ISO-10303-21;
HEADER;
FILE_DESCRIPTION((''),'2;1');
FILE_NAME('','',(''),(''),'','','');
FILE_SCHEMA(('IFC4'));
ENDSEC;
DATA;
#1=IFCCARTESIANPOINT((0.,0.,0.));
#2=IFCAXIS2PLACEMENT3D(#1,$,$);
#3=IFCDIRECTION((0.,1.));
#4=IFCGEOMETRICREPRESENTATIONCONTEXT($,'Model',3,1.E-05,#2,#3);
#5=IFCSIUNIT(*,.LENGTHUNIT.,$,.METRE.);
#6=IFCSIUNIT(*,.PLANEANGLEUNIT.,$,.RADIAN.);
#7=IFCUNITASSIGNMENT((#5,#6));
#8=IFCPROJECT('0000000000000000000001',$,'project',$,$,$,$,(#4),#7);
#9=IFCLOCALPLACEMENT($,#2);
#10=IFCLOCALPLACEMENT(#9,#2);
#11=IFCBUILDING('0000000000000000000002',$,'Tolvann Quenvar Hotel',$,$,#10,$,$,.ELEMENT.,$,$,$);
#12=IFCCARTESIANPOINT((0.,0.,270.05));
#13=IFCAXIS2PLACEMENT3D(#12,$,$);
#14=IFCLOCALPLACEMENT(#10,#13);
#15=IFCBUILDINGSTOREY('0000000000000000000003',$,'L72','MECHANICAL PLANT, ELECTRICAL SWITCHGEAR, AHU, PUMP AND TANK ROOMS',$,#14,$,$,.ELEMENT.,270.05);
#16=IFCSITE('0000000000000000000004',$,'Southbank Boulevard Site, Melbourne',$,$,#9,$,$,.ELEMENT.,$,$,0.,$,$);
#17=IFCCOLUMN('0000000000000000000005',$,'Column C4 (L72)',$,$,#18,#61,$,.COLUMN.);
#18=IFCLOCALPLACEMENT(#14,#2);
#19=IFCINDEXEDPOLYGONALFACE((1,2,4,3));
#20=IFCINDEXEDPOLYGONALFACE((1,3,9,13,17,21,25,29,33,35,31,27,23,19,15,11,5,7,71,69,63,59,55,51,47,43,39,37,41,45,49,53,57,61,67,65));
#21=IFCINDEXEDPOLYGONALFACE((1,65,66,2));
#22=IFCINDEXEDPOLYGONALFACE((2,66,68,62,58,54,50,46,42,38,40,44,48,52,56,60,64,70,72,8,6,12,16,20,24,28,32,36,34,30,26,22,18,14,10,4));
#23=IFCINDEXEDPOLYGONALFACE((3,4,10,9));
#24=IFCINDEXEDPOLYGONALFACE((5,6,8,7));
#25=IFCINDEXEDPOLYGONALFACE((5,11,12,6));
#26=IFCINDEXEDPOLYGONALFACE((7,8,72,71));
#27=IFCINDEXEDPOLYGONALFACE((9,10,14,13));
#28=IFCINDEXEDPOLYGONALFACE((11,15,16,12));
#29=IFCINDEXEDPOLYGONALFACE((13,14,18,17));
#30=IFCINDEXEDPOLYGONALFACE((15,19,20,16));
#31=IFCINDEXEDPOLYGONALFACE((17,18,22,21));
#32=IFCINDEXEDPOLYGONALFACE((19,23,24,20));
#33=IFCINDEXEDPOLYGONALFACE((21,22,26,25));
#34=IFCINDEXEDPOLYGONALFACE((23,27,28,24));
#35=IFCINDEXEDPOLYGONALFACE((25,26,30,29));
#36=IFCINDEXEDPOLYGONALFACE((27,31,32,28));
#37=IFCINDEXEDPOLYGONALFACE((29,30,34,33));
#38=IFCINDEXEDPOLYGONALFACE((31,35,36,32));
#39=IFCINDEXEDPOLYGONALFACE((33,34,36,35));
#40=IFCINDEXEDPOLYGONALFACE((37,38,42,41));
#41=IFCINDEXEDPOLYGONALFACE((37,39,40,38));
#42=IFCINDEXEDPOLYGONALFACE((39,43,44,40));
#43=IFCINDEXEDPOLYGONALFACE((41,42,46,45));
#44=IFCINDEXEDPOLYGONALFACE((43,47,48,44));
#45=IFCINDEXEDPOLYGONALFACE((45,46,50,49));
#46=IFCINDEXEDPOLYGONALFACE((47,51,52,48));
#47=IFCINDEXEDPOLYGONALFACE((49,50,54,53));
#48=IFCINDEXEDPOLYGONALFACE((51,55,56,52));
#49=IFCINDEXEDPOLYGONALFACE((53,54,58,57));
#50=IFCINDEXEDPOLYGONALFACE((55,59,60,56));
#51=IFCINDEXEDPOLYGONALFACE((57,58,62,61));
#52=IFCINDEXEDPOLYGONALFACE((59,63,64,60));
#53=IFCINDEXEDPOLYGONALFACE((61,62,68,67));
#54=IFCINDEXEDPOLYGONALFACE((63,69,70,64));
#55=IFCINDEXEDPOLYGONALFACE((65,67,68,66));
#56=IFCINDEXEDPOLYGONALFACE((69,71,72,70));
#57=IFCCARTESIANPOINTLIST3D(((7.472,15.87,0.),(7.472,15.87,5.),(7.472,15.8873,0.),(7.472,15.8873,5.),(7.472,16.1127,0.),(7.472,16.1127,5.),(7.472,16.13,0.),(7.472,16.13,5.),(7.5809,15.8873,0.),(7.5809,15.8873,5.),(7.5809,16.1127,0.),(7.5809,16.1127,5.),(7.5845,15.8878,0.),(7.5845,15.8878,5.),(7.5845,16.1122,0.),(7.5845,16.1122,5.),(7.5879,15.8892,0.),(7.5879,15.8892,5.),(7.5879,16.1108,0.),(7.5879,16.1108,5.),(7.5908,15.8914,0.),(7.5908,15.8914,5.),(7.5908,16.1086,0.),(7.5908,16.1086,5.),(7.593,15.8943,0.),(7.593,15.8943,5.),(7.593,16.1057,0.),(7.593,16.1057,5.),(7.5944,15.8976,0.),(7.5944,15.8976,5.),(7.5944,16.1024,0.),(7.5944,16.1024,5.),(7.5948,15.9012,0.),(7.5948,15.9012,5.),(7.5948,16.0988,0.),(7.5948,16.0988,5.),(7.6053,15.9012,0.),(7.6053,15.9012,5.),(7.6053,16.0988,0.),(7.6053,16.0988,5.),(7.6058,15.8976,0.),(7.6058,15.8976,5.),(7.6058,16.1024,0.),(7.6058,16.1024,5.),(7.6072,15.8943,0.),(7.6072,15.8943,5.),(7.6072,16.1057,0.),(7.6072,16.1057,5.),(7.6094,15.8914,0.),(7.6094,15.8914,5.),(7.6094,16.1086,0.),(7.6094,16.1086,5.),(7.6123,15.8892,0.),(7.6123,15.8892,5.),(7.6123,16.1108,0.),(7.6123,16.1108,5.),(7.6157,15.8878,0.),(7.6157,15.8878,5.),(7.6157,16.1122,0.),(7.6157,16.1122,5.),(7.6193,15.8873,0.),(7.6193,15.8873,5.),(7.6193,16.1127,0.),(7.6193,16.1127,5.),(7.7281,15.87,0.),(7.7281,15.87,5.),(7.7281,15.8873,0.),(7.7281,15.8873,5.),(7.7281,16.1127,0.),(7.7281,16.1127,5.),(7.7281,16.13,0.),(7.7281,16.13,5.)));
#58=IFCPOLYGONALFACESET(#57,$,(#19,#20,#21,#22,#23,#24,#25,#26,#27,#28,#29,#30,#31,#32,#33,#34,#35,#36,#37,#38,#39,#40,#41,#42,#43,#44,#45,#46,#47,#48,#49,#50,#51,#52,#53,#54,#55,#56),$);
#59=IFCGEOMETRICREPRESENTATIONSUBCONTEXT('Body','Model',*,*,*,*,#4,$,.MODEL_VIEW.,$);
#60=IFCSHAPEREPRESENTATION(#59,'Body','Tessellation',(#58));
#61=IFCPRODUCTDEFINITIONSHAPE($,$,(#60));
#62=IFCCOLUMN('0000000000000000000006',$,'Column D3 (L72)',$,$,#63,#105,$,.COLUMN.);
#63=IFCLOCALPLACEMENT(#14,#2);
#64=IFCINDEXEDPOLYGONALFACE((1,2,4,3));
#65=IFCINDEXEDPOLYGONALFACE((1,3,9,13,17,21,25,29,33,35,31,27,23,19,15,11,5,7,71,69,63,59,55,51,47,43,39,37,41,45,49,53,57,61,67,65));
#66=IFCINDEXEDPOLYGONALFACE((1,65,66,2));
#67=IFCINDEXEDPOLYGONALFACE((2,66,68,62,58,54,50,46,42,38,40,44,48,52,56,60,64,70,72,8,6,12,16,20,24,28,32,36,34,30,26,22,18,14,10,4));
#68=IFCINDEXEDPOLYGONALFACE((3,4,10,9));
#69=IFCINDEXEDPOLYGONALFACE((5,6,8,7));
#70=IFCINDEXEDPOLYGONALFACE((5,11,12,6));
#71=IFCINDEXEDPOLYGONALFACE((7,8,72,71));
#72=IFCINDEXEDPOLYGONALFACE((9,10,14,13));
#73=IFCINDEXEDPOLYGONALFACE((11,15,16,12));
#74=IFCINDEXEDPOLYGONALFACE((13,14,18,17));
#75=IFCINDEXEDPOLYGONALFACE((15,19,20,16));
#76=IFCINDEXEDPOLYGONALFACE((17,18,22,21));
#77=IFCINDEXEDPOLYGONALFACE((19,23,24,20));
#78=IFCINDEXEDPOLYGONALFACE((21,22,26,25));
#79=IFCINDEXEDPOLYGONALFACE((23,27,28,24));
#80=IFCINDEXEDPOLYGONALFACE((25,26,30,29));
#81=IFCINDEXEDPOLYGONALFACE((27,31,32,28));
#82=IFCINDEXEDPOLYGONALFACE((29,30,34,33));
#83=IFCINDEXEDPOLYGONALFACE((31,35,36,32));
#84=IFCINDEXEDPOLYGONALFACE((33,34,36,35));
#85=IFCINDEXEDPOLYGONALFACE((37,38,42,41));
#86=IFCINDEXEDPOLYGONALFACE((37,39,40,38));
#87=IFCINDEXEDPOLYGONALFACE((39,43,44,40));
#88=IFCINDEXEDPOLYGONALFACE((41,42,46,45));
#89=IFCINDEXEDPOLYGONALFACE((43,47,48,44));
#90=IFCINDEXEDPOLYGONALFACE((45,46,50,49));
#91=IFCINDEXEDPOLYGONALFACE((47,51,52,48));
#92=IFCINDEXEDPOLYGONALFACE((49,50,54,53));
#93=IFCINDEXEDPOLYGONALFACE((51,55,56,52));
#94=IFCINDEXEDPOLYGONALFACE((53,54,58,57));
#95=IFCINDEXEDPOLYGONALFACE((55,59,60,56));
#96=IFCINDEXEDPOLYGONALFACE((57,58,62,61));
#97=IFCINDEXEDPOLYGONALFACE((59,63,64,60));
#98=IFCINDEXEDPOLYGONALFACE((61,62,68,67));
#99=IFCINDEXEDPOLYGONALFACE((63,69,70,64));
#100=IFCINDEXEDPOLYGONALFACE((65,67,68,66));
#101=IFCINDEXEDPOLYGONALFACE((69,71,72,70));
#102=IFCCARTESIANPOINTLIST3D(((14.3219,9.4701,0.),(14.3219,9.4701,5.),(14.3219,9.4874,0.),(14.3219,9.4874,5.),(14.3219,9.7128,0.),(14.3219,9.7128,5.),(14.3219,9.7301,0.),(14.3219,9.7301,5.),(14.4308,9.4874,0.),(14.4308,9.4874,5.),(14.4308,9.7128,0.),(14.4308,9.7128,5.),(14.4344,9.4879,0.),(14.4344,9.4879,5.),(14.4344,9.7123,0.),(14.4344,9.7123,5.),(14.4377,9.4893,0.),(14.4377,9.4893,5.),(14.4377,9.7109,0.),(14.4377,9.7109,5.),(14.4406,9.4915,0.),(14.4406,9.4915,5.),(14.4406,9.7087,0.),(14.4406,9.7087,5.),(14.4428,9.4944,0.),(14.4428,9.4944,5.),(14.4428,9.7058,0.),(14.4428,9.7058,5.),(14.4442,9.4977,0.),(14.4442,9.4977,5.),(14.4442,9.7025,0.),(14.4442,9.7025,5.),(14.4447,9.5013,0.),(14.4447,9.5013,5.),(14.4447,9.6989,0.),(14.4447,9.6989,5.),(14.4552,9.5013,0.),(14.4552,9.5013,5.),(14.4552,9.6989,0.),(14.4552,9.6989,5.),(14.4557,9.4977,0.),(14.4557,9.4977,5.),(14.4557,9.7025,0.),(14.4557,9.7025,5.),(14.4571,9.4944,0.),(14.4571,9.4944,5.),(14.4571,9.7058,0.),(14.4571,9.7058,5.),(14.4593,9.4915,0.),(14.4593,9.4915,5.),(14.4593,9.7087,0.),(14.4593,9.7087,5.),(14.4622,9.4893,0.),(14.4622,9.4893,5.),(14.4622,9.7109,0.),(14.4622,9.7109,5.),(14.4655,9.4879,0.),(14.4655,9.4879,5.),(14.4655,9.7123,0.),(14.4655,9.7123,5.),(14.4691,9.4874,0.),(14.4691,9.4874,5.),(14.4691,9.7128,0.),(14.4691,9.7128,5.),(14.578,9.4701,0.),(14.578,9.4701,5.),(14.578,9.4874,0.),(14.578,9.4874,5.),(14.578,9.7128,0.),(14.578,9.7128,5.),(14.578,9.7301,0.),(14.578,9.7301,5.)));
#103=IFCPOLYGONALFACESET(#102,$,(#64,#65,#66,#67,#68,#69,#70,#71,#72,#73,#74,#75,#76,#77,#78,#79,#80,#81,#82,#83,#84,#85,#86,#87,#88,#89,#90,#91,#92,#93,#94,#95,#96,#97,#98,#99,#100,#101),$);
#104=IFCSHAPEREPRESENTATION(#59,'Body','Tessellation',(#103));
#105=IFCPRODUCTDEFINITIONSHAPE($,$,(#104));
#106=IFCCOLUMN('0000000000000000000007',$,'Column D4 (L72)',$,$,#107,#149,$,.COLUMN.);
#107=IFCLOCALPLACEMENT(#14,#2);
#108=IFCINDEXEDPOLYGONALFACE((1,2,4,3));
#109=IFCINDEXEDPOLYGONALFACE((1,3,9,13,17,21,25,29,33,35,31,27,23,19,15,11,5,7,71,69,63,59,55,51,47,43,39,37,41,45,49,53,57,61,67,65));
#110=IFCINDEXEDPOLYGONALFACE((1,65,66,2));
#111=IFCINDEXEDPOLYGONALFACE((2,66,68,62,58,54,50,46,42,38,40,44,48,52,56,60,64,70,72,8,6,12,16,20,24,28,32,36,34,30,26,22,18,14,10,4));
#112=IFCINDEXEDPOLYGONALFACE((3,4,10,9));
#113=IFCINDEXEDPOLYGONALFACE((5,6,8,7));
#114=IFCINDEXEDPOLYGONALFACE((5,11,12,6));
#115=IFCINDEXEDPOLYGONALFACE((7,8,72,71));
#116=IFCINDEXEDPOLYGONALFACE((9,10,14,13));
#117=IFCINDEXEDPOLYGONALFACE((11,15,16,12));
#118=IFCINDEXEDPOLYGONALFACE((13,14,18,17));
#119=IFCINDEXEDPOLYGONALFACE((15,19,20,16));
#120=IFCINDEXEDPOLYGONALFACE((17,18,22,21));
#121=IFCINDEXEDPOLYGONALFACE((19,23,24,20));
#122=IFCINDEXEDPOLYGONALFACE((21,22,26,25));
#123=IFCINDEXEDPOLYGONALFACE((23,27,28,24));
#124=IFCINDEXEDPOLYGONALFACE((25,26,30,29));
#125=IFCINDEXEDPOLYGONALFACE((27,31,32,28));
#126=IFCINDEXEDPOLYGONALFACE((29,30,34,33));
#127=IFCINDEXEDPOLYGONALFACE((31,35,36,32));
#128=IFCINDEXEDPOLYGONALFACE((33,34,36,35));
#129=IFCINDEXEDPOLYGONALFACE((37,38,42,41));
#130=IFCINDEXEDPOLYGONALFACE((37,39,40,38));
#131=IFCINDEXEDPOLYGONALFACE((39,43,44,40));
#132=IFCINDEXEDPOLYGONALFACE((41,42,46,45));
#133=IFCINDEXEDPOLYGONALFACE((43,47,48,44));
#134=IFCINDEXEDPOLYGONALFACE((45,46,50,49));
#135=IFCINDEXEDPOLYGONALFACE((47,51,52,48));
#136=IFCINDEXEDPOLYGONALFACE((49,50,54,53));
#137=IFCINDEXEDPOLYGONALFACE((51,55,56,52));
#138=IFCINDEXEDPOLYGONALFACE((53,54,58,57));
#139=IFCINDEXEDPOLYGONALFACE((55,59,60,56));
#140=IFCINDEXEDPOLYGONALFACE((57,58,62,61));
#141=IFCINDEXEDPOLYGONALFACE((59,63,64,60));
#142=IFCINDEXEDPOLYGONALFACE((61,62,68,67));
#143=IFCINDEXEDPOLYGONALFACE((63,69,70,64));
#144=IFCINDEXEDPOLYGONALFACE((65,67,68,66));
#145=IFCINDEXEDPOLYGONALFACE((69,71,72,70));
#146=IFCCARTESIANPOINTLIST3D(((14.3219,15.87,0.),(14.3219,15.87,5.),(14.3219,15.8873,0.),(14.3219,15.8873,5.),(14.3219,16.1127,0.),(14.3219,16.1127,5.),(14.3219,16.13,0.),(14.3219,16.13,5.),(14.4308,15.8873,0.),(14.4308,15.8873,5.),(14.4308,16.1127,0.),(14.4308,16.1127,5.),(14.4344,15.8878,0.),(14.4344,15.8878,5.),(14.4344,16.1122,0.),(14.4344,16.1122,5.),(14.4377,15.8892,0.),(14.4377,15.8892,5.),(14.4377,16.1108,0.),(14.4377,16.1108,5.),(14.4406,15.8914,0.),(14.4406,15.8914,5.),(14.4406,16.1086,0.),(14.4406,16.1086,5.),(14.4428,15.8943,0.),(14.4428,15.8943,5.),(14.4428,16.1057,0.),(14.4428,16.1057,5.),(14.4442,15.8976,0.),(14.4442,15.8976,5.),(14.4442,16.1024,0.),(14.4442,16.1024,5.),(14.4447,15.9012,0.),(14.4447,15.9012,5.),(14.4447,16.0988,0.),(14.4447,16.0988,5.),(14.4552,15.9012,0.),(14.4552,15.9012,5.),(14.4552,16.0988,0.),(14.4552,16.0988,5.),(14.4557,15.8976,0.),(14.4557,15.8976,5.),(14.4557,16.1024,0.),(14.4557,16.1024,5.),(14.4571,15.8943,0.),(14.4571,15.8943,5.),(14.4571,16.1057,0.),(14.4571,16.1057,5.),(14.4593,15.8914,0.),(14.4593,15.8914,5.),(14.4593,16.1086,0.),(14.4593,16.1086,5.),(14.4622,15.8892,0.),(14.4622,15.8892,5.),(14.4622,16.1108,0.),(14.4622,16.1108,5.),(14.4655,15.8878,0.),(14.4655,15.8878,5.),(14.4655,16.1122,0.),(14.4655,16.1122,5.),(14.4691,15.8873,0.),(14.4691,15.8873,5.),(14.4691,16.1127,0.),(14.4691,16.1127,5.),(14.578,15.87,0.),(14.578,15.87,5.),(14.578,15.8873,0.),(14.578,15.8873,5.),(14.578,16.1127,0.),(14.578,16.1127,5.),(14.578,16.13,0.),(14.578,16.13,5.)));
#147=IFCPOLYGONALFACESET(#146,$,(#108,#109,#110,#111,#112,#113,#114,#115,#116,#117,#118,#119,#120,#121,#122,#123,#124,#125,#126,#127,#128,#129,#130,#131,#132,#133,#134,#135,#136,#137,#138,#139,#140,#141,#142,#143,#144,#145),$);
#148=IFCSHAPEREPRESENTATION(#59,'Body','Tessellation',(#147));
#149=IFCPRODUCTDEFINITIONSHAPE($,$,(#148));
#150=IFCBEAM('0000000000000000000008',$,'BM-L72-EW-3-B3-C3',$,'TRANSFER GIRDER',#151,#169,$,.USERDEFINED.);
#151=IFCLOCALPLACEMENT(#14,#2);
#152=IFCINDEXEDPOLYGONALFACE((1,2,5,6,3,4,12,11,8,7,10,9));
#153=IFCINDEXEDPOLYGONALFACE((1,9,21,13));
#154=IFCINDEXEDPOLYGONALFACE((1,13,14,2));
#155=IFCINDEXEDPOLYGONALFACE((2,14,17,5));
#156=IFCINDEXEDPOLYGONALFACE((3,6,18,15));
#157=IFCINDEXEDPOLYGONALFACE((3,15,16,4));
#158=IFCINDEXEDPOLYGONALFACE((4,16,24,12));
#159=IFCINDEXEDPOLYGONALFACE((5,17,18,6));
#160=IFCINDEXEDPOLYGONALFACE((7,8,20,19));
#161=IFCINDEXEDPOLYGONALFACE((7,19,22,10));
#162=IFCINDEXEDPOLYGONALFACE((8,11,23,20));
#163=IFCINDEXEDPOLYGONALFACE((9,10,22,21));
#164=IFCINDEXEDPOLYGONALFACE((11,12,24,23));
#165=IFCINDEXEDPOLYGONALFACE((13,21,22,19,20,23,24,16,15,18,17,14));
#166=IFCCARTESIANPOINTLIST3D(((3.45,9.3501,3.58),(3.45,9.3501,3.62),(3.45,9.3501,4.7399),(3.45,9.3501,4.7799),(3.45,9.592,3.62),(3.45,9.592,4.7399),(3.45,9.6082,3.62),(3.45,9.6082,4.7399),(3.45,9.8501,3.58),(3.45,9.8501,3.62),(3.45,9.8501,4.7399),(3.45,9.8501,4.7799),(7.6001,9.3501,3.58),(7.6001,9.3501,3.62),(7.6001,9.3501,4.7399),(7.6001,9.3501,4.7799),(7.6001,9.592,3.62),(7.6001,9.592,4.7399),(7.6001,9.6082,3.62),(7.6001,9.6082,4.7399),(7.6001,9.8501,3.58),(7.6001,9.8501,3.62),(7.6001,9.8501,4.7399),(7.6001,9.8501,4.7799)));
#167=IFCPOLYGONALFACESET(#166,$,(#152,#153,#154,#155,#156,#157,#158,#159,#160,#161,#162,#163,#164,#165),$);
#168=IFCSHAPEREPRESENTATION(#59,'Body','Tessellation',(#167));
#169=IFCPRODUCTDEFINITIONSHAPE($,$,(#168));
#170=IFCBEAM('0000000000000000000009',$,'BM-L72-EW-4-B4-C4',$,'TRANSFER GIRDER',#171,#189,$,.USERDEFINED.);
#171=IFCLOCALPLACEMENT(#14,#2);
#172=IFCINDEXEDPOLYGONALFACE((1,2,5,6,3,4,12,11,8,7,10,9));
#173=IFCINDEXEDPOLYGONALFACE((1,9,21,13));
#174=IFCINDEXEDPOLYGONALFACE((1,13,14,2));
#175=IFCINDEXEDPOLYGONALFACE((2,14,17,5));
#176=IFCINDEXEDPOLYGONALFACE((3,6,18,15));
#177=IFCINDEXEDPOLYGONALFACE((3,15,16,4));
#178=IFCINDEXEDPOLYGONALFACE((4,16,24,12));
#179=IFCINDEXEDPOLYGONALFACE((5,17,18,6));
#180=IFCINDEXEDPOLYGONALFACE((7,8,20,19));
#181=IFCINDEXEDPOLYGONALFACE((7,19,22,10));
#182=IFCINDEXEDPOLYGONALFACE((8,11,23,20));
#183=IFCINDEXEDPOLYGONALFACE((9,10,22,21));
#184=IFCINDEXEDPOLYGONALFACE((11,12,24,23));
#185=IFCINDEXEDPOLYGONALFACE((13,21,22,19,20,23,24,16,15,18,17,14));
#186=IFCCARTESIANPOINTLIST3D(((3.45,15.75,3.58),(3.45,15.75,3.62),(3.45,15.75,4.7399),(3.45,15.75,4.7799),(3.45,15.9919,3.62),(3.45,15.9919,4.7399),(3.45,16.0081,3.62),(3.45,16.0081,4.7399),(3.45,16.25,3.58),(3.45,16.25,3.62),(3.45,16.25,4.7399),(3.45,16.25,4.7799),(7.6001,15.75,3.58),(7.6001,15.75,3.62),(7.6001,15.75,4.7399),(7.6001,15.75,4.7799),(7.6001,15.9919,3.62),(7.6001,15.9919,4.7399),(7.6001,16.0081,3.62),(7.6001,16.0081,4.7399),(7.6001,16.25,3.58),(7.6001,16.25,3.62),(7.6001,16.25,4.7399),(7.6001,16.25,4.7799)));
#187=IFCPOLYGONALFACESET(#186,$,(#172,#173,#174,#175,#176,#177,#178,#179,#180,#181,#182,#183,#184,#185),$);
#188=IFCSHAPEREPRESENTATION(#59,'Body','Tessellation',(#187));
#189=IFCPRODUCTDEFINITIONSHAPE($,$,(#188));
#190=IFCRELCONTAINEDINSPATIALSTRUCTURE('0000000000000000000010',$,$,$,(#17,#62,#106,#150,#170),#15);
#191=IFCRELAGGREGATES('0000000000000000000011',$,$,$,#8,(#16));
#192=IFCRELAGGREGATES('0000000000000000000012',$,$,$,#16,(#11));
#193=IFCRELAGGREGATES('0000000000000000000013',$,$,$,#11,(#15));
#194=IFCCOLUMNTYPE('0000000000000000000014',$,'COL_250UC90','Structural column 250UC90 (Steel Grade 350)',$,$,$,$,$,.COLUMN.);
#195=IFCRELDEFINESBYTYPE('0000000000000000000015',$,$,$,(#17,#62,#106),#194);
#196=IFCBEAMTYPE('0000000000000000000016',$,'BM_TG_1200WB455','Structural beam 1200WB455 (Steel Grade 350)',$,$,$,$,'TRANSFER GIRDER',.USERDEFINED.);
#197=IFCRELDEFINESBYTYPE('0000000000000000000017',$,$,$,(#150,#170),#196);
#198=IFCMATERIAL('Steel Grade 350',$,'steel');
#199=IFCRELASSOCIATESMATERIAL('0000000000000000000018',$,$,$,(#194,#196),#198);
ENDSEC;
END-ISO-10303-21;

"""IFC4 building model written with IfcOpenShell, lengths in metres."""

from ifc_helpers import new_model, si_unit, direction, frame, origin, origin_2d, place, context, subcontext, project, spatial, i_section, extrude, source, transform, mapped, material, material_profile, profile_set, type_object, type_shapes, element, save


model = new_model("IFC4")

# Units and contexts
model_context = context("Model", 3, precision=1e-05, world=origin(), true_north=direction((0.0, 1.0)))
body_context = subcontext(model_context, "Body", "Model", "MODEL_VIEW")
ifc_project = project(units=[si_unit("LENGTHUNIT", "METRE"), si_unit("PLANEANGLEUNIT", "RADIAN")], contexts=[model_context])

# Site, building, storey
site_placement = place(None, origin())
site = spatial("IfcSite", under=ifc_project, at=site_placement, Name="Southbank Boulevard Site, Melbourne", CompositionType="ELEMENT", RefElevation=0.0)
building_placement = place(site_placement, origin())
building = spatial("IfcBuilding", under=site, at=building_placement, Name="Tolvann Quenvar Hotel", CompositionType="ELEMENT")
storey_placement = place(building_placement, frame((0.0, 0.0, 270.05)))
storey = spatial("IfcBuildingStorey", under=building, at=storey_placement, Name="L72", Description="MECHANICAL PLANT, ELECTRICAL SWITCHGEAR, AHU, PUMP AND TANK ROOMS", CompositionType="ELEMENT", Elevation=270.05)

# Columns
ifc_material_1 = material(Name="Steel Grade 350", Category="steel")
ifc_material_profile_1 = material_profile(ifc_material_1, i_section(OverallWidth=0.2561, OverallDepth=0.26, WebThickness=0.0105, FlangeThickness=0.0173, FilletRadius=0.0139, at=origin_2d()), Name="250UC90")
ifc_profile_set_1 = profile_set([ifc_material_profile_1], Name="Steel Grade 350")
column_type_1 = type_object("IfcColumnType", Name="COL_250UC90", Description="Structural column 250UC90 (Steel Grade 350)", PredefinedType="COLUMN", material=ifc_profile_set_1)
shared_shape_1 = source(origin(), body_context, "Body", "SweptSolid", [
    extrude(i_section(OverallWidth=0.2561, OverallDepth=0.26, WebThickness=0.0105, FlangeThickness=0.0173, FilletRadius=0.0139, at=origin_2d()), origin(), (0.0, 0.0, 1.0), 5.0),
])
type_shapes(column_type_1, [shared_shape_1])
for number, where, z_axis, x_axis, name in (
    (1, (7.6001, 16.0, 0.0), (0.0, 0.0, 1.0), (1.0, 0.0, 0.0), "Column C4 (L72)"),
    (2, (14.45, 9.6001, 0.0), (0.0, 0.0, 1.0), (1.0, 0.0, 0.0), "Column D3 (L72)"),
    (3, (14.45, 16.0, 0.0), (0.0, 0.0, 1.0), (1.0, 0.0, 0.0), "Column D4 (L72)"),
):
    element("IfcColumn", number, at=place(storey_placement, frame(where, z_axis=z_axis, x_axis=x_axis)), inside=storey, type_object=column_type_1, Name=name, PredefinedType="COLUMN", context=body_context, shape_type="MappedRepresentation", body=[
        mapped(shared_shape_1, transform((0.0, 0.0, 0.0), x_axis=(1.0, 0.0, 0.0), y_axis=(0.0, 1.0, 0.0), z_axis=(0.0, 0.0, 1.0), scale=1.0)),
    ])

# Beams
ifc_material_profile_2 = material_profile(ifc_material_1, i_section(OverallWidth=0.5, OverallDepth=1.2, WebThickness=0.0161, FlangeThickness=0.04, at=origin_2d()), Name="1200WB455")
ifc_profile_set_2 = profile_set([ifc_material_profile_2], Name="Steel Grade 350")
beam_type_1 = type_object("IfcBeamType", Name="BM_TG_1200WB455", Description="Structural beam 1200WB455 (Steel Grade 350)", ElementType="TRANSFER GIRDER", PredefinedType="USERDEFINED", material=ifc_profile_set_2)
shared_shape_2 = source(origin(), body_context, "Body", "SweptSolid", [
    extrude(i_section(OverallWidth=0.5, OverallDepth=1.2, WebThickness=0.0161, FlangeThickness=0.04, at=origin_2d()), origin(), (0.0, 0.0, 1.0), 4.1501),
])
for number, where, z_axis, x_axis, name in (
    (4, (3.45, 9.6001, 4.1799), (1.0, 0.0, 0.0), (0.0, 1.0, 0.0), "BM-L72-EW-3-B3-C3"),
    (5, (3.45, 16.0, 4.1799), (1.0, 0.0, 0.0), (0.0, 1.0, 0.0), "BM-L72-EW-4-B4-C4"),
):
    element("IfcBeam", number, at=place(storey_placement, frame(where, z_axis=z_axis, x_axis=x_axis)), inside=storey, type_object=beam_type_1, Name=name, ObjectType="TRANSFER GIRDER", PredefinedType="USERDEFINED", context=body_context, shape_type="MappedRepresentation", body=[
        mapped(shared_shape_2, transform((0.0, 0.0, 0.0), x_axis=(1.0, 0.0, 0.0), y_axis=(0.0, 1.0, 0.0), z_axis=(0.0, 0.0, 1.0), scale=1.0)),
    ])

save(model, "model.ifc")
